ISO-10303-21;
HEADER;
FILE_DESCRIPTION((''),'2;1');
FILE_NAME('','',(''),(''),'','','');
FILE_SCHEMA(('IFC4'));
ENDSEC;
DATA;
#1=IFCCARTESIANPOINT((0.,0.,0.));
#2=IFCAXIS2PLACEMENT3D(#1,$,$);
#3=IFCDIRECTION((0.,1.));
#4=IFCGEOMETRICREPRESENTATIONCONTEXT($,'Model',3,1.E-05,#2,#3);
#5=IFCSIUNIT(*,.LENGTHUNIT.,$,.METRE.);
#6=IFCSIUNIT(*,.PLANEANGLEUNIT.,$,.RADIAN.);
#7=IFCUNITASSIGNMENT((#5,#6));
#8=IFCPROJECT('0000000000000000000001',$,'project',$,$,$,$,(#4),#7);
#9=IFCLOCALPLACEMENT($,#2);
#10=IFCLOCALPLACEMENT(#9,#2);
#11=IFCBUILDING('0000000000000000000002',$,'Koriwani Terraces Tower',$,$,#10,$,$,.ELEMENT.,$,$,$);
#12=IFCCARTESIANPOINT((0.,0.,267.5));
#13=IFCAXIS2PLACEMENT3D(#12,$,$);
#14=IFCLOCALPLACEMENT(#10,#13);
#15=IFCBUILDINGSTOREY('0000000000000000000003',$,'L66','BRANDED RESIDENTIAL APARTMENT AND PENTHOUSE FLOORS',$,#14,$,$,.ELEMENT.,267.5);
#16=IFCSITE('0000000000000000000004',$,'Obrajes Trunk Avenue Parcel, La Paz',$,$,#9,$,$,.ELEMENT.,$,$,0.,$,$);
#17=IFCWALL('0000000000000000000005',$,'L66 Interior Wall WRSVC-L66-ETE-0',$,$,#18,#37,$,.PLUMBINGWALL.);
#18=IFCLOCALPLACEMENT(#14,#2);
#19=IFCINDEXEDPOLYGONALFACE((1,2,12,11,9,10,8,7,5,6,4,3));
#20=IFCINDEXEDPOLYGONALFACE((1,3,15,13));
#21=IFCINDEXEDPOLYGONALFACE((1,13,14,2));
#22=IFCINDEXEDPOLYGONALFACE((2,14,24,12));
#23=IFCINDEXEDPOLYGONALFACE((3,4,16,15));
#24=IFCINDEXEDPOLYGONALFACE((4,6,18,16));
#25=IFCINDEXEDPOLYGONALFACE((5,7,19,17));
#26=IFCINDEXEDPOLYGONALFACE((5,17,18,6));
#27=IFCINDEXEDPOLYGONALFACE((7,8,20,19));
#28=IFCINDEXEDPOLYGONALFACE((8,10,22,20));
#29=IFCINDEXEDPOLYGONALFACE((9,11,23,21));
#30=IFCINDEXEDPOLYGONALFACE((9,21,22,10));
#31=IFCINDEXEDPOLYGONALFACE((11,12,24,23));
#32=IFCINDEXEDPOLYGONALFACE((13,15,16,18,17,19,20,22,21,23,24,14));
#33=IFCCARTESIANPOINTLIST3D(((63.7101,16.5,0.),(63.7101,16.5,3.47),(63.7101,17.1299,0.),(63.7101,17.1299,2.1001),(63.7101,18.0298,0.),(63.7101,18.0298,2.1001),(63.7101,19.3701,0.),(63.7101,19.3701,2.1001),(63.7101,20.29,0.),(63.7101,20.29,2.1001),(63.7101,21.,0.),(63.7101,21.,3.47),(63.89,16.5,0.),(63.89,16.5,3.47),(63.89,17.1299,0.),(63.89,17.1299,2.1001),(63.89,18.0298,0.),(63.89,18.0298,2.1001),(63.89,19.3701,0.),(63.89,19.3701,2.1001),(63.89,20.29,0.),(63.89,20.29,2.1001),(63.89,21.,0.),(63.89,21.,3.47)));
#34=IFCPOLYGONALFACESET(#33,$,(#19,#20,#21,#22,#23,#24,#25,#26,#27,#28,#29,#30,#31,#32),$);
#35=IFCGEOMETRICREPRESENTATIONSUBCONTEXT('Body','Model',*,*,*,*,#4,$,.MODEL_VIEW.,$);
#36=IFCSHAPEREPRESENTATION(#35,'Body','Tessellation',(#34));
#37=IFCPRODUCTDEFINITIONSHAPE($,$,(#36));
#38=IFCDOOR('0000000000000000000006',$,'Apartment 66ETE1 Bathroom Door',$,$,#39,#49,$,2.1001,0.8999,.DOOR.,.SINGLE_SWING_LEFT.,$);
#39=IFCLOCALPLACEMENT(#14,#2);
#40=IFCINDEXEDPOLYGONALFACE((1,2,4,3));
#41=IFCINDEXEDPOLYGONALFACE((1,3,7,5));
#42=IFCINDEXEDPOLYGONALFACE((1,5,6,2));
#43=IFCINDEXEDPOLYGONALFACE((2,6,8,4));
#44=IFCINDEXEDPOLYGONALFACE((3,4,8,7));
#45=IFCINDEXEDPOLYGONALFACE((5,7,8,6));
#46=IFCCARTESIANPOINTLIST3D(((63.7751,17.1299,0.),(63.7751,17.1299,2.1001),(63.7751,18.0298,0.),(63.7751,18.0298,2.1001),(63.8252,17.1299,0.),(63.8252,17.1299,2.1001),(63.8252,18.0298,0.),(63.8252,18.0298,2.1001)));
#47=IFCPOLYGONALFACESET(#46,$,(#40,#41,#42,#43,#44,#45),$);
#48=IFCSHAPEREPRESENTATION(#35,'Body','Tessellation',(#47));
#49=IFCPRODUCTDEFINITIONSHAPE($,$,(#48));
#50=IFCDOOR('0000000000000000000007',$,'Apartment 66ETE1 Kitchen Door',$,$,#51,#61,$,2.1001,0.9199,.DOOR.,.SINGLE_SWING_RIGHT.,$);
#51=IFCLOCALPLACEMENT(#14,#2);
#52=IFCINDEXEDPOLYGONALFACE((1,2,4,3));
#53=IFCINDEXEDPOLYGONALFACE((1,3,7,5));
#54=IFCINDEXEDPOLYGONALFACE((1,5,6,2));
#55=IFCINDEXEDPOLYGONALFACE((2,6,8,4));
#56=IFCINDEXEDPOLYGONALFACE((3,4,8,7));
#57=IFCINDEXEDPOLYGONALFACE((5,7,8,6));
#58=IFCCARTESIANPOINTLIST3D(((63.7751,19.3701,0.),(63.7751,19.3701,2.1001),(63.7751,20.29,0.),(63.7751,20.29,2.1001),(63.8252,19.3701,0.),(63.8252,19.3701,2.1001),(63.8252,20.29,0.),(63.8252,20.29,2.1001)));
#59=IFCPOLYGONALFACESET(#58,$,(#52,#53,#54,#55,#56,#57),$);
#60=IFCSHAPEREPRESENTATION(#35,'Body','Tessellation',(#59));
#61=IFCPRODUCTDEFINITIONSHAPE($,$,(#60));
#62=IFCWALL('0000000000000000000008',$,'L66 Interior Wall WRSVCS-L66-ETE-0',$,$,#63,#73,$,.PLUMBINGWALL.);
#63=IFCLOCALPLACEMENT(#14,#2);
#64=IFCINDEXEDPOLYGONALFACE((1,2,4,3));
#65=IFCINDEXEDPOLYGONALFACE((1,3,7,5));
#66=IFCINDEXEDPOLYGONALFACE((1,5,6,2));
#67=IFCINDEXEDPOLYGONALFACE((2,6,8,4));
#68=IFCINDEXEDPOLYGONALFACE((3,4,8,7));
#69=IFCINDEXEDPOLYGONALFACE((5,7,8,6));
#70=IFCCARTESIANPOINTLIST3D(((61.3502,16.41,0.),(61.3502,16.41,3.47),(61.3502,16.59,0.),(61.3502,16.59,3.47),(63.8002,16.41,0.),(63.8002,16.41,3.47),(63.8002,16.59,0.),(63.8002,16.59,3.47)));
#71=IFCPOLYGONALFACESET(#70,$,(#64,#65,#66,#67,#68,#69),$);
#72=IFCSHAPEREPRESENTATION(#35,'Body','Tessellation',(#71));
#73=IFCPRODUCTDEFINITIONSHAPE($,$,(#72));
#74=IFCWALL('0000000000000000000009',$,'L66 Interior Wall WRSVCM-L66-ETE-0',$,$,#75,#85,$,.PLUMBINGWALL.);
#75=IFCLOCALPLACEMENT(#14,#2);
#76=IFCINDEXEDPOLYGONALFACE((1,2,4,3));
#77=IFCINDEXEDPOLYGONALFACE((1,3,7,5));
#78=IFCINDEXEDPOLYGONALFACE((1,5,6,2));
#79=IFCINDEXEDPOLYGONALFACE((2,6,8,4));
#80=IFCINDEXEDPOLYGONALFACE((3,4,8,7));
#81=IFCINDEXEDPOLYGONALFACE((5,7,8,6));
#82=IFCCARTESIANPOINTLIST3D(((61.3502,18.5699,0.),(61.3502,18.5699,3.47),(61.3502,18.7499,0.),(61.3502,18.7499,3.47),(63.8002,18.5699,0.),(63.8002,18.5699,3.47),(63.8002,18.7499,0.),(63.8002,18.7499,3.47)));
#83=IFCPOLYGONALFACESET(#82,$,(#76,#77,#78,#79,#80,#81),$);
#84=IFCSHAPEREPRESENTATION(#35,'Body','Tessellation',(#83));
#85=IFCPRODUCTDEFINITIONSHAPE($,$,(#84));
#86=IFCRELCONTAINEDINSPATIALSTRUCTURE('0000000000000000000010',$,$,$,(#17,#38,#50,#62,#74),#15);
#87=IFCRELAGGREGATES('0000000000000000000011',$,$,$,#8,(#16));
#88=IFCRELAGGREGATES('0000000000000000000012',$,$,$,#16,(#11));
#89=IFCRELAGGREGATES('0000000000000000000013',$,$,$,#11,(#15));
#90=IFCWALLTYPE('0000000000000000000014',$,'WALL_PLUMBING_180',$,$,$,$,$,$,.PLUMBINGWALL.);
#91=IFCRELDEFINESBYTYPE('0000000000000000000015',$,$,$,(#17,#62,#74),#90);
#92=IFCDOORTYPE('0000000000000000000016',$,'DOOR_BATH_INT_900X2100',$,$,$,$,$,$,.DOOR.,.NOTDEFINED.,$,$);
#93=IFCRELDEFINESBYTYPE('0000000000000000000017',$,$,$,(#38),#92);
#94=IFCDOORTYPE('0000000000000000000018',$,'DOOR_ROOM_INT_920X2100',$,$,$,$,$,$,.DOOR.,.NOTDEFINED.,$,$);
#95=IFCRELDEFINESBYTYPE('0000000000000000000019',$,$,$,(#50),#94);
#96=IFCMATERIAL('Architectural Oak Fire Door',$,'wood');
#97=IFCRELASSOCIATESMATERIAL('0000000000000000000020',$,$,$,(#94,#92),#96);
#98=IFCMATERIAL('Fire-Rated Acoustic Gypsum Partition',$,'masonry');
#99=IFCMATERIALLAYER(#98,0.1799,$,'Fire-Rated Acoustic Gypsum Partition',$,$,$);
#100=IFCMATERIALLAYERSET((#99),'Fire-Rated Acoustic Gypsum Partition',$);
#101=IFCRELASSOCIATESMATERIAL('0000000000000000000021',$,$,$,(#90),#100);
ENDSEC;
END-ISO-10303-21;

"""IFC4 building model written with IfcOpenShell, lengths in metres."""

from ifc_helpers import new_model, si_unit, direction, frame, frame_2d, origin, place, context, subcontext, project, spatial, rectangle, extrude, material, layer, layer_set, type_object, element, fill, save


model = new_model("IFC4")

# Units and contexts
model_context = context("Model", 3, precision=1e-05, world=origin(), true_north=direction((0.0, 1.0)))
body_context = subcontext(model_context, "Body", "Model", "MODEL_VIEW")
ifc_project = project(units=[si_unit("LENGTHUNIT", "METRE"), si_unit("PLANEANGLEUNIT", "RADIAN")], contexts=[model_context])

# Site, building, storey
site_placement = place(None, origin())
site = spatial("IfcSite", under=ifc_project, at=site_placement, Name="Obrajes Trunk Avenue Parcel, La Paz", CompositionType="ELEMENT", RefElevation=0.0)
building_placement = place(site_placement, origin())
building = spatial("IfcBuilding", under=site, at=building_placement, Name="Koriwani Terraces Tower", CompositionType="ELEMENT")
storey_placement = place(building_placement, frame((0.0, 0.0, 267.5)))
storey = spatial("IfcBuildingStorey", under=building, at=storey_placement, Name="L66", Description="BRANDED RESIDENTIAL APARTMENT AND PENTHOUSE FLOORS", CompositionType="ELEMENT", Elevation=267.5)

# Shared definitions
ifc_material_1 = material(Name="Fire-Rated Acoustic Gypsum Partition", Category="masonry")
ifc_material_2 = material(Name="Architectural Oak Fire Door", Category="wood")
door_type_1 = type_object("IfcDoorType", Name="DOOR_ROOM_INT_920X2100", OperationType="NOTDEFINED", PredefinedType="DOOR", material=ifc_material_2)

# Wall, openings, doors
ifc_layer_1 = layer(ifc_material_1, 0.1799, Name="Fire-Rated Acoustic Gypsum Partition")
ifc_layer_set_1 = layer_set([ifc_layer_1], Name="Fire-Rated Acoustic Gypsum Partition")
wall_type_1 = type_object("IfcWallType", Name="WALL_PLUMBING_180", PredefinedType="PLUMBINGWALL", material=ifc_layer_set_1)
wall_1_placement = place(storey_placement, frame((63.8, 16.5, 0.0), z_axis=(0.0, 0.0, 1.0), x_axis=(0.0, 1.0, 0.0)))
wall_1 = element("IfcWall", 1, at=wall_1_placement, inside=storey, type_object=wall_type_1, Name="L66 Interior Wall WRSVC-L66-ETE-0", PredefinedType="PLUMBINGWALL", context=body_context, shape_type="SweptSolid", body=[
    extrude(rectangle(XDim=4.5, YDim=0.1799, at=frame_2d((2.25, 0.0))), origin(), (0.0, 0.0, 1.0), 3.47),
])
opening_1_placement = place(wall_1_placement, frame((0.6299, 0.0, 0.0)))
opening_1 = element("IfcOpeningElement", 2, at=opening_1_placement, cuts=wall_1, PredefinedType="OPENING", context=body_context, shape_type="SweptSolid", body=[
    extrude(rectangle(XDim=0.8999, YDim=2.1001, at=frame_2d((0.45, 1.05))), frame((0.0, 0.1001, 0.0), z_axis=(0.0, -1.0, 0.0), x_axis=(1.0, 0.0, 0.0)), (0.0, 0.0, 1.0), 0.2),
])
opening_2_placement = place(wall_1_placement, frame((2.8701, 0.0, 0.0)))
opening_2 = element("IfcOpeningElement", 3, at=opening_2_placement, cuts=wall_1, PredefinedType="OPENING", context=body_context, shape_type="SweptSolid", body=[
    extrude(rectangle(XDim=0.9199, YDim=2.1001, at=frame_2d((0.46, 1.05))), frame((0.0, 0.1001, 0.0), z_axis=(0.0, -1.0, 0.0), x_axis=(1.0, 0.0, 0.0)), (0.0, 0.0, 1.0), 0.2),
])
door_type_2 = type_object("IfcDoorType", Name="DOOR_BATH_INT_900X2100", OperationType="NOTDEFINED", PredefinedType="DOOR", material=ifc_material_2)
door_1_placement = place(opening_1_placement, origin())
door_1 = element("IfcDoor", 4, at=door_1_placement, inside=storey, type_object=door_type_2, Name="Apartment 66ETE1 Bathroom Door", OperationType="SINGLE_SWING_LEFT", OverallHeight=2.1001, OverallWidth=0.8999, PredefinedType="DOOR", context=body_context, shape_type="SweptSolid", body=[
    extrude(rectangle(XDim=0.8999, YDim=2.1001, at=frame_2d((0.45, 1.05))), frame((0.0, 0.0249, 0.0), z_axis=(0.0, -1.0, 0.0), x_axis=(1.0, 0.0, 0.0)), (0.0, 0.0, 1.0), 0.05),
])
fill(opening_1, door_1)
door_2_placement = place(opening_2_placement, origin())
door_2 = element("IfcDoor", 5, at=door_2_placement, inside=storey, type_object=door_type_1, Name="Apartment 66ETE1 Kitchen Door", OperationType="SINGLE_SWING_RIGHT", OverallHeight=2.1001, OverallWidth=0.9199, PredefinedType="DOOR", context=body_context, shape_type="SweptSolid", body=[
    extrude(rectangle(XDim=0.9199, YDim=2.1001, at=frame_2d((0.46, 1.05))), frame((0.0, 0.0249, 0.0), z_axis=(0.0, -1.0, 0.0), x_axis=(1.0, 0.0, 0.0)), (0.0, 0.0, 1.0), 0.05),
])
fill(opening_2, door_2)

# Walls
for number, where, z_axis, x_axis, name in (
    (6, (61.3501, 16.5, 0.0), (0.0, 0.0, 1.0), (1.0, 0.0, 0.0), "L66 Interior Wall WRSVCS-L66-ETE-0"),
    (7, (61.3501, 18.6599, 0.0), (0.0, 0.0, 1.0), (1.0, 0.0, 0.0), "L66 Interior Wall WRSVCM-L66-ETE-0"),
):
    element("IfcWall", number, at=place(storey_placement, frame(where, z_axis=z_axis, x_axis=x_axis)), inside=storey, type_object=wall_type_1, Name=name, PredefinedType="PLUMBINGWALL", context=body_context, shape_type="SweptSolid", body=[
        extrude(rectangle(XDim=2.45, YDim=0.1799, at=frame_2d((1.2251, 0.0))), origin(), (0.0, 0.0, 1.0), 3.47),
    ])

save(model, "model.ifc")
